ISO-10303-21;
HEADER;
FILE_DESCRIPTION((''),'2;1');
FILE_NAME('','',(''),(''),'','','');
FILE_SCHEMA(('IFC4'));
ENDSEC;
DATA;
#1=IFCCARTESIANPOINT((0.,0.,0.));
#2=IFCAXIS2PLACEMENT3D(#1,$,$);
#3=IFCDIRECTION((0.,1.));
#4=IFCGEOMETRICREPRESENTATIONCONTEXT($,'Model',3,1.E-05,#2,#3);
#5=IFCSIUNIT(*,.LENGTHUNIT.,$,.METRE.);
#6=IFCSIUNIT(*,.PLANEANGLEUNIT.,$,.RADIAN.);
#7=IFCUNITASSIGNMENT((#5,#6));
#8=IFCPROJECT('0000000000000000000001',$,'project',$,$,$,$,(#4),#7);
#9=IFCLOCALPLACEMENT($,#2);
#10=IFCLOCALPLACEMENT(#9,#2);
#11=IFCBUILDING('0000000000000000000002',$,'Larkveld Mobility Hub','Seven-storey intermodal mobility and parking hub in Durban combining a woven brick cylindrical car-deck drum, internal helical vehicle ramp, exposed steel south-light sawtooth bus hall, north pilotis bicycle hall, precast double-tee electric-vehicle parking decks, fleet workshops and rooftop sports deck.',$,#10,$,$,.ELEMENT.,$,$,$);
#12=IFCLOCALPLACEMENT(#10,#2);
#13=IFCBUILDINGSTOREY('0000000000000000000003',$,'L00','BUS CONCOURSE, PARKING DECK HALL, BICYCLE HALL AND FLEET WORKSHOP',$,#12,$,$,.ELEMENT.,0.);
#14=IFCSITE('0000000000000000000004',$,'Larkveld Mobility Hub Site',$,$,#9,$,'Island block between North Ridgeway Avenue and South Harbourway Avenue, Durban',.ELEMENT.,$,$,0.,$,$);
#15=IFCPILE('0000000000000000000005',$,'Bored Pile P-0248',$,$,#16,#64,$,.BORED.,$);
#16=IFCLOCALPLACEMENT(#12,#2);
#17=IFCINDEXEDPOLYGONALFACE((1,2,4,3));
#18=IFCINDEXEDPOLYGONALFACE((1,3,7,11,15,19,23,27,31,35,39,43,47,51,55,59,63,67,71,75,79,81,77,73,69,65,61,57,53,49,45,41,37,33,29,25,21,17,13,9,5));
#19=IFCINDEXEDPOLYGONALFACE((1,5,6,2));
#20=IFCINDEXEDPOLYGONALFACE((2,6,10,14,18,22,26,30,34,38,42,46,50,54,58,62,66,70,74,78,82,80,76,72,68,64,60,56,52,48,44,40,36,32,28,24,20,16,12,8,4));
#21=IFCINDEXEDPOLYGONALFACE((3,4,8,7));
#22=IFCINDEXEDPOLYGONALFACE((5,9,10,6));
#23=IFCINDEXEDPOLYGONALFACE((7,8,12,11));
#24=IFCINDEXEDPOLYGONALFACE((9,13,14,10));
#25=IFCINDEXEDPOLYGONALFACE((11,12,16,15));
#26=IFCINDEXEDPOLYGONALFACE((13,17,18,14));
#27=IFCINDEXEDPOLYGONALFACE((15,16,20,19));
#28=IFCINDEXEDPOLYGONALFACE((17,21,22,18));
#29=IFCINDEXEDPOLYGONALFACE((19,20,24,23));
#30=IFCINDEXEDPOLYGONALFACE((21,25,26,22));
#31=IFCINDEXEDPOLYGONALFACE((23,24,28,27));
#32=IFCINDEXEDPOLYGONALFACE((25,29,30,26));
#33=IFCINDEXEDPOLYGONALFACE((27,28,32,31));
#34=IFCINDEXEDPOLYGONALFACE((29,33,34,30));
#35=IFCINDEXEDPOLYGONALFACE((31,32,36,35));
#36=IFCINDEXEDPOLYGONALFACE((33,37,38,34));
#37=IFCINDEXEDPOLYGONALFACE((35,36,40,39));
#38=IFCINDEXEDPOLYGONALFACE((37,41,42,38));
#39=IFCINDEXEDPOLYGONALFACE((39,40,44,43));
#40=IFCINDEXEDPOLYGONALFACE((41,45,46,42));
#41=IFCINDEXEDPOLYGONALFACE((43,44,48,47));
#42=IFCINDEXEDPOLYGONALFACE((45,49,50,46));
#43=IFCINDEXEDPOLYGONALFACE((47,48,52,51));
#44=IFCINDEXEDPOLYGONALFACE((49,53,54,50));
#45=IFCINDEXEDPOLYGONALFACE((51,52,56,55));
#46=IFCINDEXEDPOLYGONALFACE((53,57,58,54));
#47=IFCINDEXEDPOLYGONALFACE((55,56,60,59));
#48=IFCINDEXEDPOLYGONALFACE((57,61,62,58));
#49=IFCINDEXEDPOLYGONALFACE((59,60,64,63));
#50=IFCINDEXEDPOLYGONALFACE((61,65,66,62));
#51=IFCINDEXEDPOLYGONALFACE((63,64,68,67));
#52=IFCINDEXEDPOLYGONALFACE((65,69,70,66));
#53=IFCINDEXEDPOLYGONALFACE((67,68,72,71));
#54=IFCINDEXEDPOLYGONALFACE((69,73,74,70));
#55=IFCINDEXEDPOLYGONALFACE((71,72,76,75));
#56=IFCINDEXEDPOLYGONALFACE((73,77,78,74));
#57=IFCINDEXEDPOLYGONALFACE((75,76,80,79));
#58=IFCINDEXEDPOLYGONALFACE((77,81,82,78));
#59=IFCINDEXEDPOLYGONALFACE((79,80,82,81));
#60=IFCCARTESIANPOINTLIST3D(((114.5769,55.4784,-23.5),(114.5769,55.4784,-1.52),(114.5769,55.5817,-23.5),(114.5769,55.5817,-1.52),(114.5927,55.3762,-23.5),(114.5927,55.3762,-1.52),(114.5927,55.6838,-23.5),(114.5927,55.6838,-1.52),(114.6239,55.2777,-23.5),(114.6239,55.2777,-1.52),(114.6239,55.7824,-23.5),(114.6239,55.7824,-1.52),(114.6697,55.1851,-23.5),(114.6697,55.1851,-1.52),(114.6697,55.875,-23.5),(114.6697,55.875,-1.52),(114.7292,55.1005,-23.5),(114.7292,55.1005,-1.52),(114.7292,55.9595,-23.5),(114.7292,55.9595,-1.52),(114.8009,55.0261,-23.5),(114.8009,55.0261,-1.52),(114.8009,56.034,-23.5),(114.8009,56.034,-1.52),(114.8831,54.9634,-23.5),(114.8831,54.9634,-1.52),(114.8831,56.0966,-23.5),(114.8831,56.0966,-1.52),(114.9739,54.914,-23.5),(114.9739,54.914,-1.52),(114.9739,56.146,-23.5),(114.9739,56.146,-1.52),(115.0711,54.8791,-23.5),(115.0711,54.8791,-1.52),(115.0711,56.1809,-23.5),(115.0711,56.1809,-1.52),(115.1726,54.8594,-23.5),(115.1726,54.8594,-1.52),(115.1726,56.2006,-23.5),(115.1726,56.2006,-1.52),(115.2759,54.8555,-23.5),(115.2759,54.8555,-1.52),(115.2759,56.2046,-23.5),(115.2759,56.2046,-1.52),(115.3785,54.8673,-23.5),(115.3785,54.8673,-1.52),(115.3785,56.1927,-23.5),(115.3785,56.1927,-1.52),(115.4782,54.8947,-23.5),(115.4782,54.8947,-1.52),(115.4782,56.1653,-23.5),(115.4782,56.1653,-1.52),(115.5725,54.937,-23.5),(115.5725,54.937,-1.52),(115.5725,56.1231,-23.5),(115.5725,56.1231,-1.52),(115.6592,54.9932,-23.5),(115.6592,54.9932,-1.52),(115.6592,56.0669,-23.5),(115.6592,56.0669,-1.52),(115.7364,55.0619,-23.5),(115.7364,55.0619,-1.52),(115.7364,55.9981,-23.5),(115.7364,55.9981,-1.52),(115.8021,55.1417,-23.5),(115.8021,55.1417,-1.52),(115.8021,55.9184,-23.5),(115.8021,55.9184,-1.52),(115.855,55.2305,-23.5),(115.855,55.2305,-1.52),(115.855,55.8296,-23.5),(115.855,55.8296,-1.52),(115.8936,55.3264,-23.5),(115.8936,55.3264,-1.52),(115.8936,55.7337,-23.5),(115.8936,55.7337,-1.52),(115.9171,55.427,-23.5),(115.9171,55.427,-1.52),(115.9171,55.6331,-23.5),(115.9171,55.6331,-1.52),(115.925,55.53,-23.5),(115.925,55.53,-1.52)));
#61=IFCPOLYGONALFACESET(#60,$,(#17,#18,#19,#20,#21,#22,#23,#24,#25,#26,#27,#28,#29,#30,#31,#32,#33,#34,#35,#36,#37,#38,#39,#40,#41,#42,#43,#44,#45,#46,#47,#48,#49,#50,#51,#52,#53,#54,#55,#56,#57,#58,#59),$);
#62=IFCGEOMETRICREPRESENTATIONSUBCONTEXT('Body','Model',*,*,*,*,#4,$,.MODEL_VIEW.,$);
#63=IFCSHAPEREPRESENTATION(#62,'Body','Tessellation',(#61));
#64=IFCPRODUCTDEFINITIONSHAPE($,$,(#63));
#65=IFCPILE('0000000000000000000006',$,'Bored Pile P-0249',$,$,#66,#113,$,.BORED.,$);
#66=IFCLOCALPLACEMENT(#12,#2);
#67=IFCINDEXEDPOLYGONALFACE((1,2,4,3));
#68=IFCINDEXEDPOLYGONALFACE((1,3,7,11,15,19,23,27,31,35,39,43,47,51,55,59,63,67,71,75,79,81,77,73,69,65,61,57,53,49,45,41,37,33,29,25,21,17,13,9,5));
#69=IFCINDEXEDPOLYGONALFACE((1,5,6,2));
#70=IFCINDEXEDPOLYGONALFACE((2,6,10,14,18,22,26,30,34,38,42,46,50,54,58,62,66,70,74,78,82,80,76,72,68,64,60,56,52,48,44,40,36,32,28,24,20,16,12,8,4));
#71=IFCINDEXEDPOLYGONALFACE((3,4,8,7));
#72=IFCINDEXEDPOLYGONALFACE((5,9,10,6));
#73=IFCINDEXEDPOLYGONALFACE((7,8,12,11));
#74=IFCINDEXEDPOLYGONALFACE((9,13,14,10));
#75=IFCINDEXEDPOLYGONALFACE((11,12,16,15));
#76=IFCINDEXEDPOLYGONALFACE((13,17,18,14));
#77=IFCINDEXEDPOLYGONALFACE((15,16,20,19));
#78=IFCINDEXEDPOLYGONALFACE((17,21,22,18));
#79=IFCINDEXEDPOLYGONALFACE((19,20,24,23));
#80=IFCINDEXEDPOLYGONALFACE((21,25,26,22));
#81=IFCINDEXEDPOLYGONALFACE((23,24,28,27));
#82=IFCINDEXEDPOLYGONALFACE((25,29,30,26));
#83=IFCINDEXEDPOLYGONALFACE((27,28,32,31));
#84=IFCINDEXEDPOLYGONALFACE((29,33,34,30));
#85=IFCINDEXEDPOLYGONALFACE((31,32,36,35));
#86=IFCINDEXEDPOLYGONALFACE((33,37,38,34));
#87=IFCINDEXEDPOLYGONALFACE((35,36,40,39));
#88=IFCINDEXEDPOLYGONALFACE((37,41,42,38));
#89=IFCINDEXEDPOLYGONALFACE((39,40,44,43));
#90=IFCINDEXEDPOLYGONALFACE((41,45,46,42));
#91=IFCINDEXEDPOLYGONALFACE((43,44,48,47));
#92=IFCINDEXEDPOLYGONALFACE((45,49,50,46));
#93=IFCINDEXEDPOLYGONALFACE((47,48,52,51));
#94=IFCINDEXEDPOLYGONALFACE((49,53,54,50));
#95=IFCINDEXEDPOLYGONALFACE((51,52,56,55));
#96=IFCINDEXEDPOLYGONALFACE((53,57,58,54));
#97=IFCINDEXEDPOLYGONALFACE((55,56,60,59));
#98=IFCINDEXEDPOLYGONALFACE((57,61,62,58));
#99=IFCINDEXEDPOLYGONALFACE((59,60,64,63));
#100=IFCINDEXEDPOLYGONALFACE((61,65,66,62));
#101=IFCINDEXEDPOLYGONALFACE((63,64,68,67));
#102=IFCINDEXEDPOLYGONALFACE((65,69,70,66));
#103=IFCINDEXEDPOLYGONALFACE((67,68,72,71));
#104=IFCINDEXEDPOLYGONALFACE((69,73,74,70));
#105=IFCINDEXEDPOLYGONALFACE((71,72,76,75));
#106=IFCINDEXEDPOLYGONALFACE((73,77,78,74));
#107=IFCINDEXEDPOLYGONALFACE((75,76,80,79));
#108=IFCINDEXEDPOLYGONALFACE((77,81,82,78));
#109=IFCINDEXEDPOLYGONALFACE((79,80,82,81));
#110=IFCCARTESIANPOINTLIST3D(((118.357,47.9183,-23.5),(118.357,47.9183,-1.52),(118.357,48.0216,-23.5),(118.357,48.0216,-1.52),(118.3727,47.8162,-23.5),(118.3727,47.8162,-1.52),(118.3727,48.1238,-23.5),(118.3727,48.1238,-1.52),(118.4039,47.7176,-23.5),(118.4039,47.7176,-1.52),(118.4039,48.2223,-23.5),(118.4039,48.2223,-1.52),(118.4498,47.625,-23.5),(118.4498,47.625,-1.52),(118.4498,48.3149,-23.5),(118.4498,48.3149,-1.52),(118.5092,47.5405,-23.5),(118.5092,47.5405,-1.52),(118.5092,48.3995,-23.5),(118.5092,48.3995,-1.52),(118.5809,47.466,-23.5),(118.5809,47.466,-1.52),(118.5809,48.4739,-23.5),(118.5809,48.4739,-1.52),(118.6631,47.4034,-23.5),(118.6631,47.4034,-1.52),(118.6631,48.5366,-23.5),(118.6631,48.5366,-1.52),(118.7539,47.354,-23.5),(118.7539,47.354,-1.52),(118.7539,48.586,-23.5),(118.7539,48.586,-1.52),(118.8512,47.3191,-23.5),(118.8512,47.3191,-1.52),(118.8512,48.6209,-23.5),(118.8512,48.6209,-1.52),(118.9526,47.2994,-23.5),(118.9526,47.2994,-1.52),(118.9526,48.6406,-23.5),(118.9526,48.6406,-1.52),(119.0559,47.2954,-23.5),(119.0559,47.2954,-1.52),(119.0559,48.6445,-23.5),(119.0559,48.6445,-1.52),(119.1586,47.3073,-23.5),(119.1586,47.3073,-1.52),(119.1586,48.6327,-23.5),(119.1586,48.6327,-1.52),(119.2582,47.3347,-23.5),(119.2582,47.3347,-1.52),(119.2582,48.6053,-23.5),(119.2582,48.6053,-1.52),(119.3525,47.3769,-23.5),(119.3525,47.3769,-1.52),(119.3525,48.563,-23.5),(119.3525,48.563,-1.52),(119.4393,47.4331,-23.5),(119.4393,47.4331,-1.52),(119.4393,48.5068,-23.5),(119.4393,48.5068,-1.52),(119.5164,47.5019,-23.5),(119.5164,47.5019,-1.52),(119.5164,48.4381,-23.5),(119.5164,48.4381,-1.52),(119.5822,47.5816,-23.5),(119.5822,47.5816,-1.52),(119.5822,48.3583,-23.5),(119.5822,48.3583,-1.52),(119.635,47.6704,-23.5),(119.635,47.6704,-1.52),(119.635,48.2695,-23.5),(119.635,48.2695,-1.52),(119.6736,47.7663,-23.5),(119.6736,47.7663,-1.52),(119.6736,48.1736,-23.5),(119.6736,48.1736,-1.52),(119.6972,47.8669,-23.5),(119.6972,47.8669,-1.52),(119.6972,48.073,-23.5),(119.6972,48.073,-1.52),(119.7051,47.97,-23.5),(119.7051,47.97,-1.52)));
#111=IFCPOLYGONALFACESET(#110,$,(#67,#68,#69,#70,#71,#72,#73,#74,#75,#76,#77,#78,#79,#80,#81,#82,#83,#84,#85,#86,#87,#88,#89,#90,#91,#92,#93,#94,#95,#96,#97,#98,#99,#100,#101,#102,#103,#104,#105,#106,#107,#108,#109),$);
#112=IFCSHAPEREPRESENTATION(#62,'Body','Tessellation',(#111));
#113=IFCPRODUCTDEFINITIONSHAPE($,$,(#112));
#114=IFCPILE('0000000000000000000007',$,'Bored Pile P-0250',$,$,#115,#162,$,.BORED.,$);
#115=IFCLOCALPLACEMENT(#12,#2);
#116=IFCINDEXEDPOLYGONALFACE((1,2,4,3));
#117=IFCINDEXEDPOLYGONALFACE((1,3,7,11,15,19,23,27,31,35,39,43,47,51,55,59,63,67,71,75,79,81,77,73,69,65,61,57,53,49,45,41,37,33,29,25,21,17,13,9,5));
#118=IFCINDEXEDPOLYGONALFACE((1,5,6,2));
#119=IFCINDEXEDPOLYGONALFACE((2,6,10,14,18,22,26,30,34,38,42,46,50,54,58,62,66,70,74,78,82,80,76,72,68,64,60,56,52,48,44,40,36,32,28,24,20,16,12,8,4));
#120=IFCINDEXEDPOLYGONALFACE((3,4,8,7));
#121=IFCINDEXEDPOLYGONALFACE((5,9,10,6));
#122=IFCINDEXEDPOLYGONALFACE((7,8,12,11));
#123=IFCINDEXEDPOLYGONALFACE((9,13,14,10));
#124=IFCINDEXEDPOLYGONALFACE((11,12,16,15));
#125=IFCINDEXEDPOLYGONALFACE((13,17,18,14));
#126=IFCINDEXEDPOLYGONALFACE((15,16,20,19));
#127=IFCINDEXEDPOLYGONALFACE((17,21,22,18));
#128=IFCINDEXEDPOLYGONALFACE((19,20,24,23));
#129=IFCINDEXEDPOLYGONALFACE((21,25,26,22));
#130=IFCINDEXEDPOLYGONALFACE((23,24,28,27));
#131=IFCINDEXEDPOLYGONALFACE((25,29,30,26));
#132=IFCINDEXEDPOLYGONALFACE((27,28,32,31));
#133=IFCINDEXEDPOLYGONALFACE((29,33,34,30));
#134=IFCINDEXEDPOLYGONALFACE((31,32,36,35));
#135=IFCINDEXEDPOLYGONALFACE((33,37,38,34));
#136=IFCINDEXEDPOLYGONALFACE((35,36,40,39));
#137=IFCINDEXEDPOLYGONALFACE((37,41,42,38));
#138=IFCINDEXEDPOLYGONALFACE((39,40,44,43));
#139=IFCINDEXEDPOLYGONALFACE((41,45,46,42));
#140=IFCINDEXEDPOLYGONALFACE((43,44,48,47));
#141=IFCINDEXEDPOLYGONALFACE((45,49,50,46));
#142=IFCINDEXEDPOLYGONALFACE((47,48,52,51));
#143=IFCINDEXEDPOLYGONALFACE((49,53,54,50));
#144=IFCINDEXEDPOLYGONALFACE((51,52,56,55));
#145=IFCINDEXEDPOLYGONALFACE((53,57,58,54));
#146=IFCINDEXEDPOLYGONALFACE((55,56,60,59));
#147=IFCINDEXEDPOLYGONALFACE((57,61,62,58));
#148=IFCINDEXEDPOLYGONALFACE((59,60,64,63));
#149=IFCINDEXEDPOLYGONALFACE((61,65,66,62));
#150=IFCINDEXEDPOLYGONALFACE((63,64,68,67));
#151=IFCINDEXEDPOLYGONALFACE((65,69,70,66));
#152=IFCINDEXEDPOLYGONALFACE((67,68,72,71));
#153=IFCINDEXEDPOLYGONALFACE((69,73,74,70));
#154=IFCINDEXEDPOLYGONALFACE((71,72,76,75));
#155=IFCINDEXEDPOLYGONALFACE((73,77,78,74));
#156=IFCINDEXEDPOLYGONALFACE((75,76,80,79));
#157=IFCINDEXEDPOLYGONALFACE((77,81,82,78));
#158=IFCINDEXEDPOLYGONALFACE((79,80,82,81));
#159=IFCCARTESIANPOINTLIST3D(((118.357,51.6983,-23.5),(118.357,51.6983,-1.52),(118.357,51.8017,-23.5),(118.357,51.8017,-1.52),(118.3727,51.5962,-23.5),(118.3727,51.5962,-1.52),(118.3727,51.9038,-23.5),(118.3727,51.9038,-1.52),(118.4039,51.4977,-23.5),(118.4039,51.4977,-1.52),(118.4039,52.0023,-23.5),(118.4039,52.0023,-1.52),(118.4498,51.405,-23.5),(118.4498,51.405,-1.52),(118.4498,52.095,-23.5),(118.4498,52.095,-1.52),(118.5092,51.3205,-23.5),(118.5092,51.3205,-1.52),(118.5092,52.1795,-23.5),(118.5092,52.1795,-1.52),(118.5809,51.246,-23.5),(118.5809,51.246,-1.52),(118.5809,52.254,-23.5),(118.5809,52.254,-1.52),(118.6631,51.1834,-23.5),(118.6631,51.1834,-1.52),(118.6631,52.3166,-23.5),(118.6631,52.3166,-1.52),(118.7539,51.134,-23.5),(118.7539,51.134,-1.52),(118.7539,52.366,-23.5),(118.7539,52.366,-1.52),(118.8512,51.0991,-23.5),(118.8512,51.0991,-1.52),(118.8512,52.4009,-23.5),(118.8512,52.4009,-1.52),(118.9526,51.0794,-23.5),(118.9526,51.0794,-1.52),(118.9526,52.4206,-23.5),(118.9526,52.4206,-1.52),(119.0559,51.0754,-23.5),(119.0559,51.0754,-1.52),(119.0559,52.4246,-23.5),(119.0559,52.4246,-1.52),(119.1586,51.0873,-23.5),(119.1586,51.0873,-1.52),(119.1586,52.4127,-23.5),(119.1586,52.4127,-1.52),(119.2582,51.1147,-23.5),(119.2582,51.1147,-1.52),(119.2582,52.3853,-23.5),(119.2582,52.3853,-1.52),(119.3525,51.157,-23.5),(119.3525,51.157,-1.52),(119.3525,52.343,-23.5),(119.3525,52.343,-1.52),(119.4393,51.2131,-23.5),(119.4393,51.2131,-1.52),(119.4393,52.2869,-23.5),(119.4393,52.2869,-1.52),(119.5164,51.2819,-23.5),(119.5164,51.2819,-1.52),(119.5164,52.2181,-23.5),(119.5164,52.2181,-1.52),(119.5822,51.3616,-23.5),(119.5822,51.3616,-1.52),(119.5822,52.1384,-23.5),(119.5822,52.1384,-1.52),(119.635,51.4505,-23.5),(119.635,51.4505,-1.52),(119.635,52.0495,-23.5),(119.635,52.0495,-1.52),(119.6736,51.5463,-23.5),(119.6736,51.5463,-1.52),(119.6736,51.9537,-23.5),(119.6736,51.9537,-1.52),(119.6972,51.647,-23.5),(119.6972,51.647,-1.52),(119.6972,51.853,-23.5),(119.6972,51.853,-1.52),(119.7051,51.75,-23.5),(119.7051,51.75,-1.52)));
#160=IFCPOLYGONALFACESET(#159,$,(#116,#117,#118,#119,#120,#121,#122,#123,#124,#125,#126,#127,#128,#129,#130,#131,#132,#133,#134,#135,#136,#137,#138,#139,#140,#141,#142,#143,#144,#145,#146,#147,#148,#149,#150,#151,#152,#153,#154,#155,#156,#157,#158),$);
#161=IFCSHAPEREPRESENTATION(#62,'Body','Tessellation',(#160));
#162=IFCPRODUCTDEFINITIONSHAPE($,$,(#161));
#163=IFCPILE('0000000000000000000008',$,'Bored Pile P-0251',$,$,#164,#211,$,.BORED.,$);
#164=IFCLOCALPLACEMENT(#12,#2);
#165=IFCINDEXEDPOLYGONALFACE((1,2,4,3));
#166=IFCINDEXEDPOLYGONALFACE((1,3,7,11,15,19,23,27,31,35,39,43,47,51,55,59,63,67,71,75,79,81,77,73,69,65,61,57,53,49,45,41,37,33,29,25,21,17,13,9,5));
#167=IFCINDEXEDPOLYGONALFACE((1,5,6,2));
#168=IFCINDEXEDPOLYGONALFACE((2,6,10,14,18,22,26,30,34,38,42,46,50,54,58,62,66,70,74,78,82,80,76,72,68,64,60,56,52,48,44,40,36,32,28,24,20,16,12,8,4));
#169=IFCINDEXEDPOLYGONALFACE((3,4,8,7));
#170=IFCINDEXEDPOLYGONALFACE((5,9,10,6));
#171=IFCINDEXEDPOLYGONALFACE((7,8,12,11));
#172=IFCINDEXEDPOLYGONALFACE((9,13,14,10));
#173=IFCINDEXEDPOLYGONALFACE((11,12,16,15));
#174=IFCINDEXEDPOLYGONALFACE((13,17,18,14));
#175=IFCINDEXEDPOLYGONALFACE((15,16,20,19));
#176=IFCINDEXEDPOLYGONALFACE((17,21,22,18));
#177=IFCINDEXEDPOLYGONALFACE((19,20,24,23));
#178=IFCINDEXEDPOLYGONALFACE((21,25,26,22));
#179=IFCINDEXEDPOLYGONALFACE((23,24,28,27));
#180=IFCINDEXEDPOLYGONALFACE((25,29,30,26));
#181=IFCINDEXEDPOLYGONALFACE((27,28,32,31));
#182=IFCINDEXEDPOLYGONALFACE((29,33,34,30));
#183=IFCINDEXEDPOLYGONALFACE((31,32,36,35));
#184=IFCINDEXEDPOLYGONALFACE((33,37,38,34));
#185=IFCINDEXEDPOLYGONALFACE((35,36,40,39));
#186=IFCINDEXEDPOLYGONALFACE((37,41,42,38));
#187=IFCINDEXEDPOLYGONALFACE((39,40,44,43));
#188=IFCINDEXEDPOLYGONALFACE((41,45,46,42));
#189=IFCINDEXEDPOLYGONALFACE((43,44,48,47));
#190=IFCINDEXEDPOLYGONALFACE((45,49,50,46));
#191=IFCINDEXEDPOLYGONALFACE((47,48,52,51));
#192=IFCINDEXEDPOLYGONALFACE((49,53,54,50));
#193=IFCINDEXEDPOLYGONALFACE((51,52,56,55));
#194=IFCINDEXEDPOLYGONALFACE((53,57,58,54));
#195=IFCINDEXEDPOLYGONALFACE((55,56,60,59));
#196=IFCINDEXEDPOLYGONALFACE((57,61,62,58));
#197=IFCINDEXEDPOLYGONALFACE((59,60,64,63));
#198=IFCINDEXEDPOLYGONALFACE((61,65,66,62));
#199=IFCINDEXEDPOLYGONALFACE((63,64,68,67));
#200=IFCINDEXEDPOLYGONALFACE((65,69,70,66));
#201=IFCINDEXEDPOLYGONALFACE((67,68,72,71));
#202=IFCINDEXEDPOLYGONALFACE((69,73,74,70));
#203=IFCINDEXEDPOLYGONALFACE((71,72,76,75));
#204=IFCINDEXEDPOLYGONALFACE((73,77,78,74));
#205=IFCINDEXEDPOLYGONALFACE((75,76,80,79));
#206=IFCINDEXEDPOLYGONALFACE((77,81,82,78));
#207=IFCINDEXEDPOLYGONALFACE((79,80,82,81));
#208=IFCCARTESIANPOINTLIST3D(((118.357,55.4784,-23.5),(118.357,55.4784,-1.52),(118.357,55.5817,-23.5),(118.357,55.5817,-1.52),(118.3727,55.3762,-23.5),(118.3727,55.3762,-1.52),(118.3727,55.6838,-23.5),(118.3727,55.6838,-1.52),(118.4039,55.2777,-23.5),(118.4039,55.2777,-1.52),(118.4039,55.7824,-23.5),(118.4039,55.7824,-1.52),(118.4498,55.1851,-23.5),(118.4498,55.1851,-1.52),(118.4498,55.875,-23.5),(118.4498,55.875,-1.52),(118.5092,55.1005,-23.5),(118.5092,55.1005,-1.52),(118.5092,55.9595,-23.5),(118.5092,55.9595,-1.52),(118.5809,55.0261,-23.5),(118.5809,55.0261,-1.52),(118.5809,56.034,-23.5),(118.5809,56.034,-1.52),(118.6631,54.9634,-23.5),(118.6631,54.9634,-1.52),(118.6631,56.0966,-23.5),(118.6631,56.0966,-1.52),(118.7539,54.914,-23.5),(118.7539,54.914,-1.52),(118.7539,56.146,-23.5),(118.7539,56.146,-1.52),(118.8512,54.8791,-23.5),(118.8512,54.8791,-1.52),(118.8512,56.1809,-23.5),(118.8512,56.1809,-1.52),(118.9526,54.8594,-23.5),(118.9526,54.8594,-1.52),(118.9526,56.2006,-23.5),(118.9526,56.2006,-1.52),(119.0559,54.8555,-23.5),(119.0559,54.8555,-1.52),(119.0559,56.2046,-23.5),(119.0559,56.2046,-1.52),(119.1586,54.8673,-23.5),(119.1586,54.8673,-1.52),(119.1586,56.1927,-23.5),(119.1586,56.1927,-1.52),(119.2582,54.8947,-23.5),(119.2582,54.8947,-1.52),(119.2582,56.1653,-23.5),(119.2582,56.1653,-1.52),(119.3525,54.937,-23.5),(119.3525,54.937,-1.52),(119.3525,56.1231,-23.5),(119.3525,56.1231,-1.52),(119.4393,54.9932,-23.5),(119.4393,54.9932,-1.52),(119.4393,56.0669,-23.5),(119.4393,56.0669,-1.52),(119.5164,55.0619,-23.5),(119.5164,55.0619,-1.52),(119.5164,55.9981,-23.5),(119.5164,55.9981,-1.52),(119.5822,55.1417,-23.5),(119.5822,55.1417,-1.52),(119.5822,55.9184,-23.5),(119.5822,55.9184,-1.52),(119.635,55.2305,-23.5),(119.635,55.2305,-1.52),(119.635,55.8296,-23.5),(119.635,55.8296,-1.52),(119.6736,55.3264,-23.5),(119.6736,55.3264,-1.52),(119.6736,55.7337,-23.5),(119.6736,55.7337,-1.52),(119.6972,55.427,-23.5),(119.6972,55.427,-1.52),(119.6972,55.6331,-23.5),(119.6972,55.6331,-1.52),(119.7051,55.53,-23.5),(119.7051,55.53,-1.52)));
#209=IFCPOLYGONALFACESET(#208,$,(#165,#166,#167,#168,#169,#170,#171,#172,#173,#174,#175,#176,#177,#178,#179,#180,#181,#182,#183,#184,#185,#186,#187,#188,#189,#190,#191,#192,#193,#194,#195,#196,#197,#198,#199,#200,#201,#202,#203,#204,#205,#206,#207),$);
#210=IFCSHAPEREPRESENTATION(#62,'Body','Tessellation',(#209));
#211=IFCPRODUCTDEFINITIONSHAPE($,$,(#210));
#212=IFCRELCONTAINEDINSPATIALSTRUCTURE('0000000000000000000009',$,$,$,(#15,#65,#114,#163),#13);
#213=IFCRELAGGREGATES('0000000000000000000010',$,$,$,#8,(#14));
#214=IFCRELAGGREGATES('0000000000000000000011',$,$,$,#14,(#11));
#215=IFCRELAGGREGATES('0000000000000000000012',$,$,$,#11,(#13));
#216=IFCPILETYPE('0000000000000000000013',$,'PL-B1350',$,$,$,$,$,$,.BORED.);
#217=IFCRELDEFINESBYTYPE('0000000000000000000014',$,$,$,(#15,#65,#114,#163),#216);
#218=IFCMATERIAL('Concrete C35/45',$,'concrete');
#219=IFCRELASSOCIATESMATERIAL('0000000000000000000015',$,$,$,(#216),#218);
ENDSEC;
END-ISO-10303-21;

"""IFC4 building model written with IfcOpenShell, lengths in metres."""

from ifc_helpers import new_model, si_unit, direction, frame, origin, origin_2d, place, context, subcontext, project, spatial, circle, extrude, material, material_profile, profile_set, type_object, element, save


model = new_model("IFC4")

# Units and contexts
model_context = context("Model", 3, precision=1e-05, world=origin(), true_north=direction((0.0, 1.0)))
body_context = subcontext(model_context, "Body", "Model", "MODEL_VIEW")
ifc_project = project(units=[si_unit("LENGTHUNIT", "METRE"), si_unit("PLANEANGLEUNIT", "RADIAN")], contexts=[model_context])

# Site, building, storey
site_placement = place(None, origin())
site = spatial("IfcSite", under=ifc_project, at=site_placement, Name="Larkveld Mobility Hub Site", LongName="Island block between North Ridgeway Avenue and South Harbourway Avenue, Durban", CompositionType="ELEMENT", RefElevation=0.0)
building_placement = place(site_placement, origin())
building = spatial("IfcBuilding", under=site, at=building_placement, Name="Larkveld Mobility Hub", Description="Seven-storey intermodal mobility and parking hub in Durban combining a woven brick cylindrical car-deck drum, internal helical vehicle ramp, exposed steel south-light sawtooth bus hall, north pilotis bicycle hall, precast double-tee electric-vehicle parking decks, fleet workshops and rooftop sports deck.", CompositionType="ELEMENT")
storey_placement = place(building_placement, origin())
storey = spatial("IfcBuildingStorey", under=building, at=storey_placement, Name="L00", Description="BUS CONCOURSE, PARKING DECK HALL, BICYCLE HALL AND FLEET WORKSHOP", CompositionType="ELEMENT", Elevation=0.0)

# Shared definitions
ifc_material_1 = material(Name="Concrete C35/45", Category="concrete")

# Piles
ifc_material_profile_1 = material_profile(ifc_material_1, circle(Radius=0.675, at=origin_2d()), Name="PILE D1350")
ifc_profile_set_1 = profile_set([ifc_material_profile_1], Name="Concrete C35/45")
pile_type_1 = type_object("IfcPileType", Name="PL-B1350", PredefinedType="BORED", material=ifc_profile_set_1)
for number, where, z_axis, x_axis, name in (
    (1, (115.25, 55.53, -1.52), (0.0, 0.0, -1.0), (1.0, 0.0, 0.0), "Bored Pile P-0248"),
    (2, (119.03, 47.97, -1.52), (0.0, 0.0, -1.0), (1.0, 0.0, 0.0), "Bored Pile P-0249"),
    (3, (119.03, 51.75, -1.52), (0.0, 0.0, -1.0), (1.0, 0.0, 0.0), "Bored Pile P-0250"),
    (4, (119.03, 55.53, -1.52), (0.0, 0.0, -1.0), (1.0, 0.0, 0.0), "Bored Pile P-0251"),
):
    element("IfcPile", number, at=place(storey_placement, frame(where, z_axis=z_axis, x_axis=x_axis)), inside=storey, type_object=pile_type_1, Name=name, PredefinedType="BORED", context=body_context, shape_type="SweptSolid", body=[
        extrude(circle(Radius=0.675, at=origin_2d()), origin(), (0.0, 0.0, 1.0), 21.98),
    ])

save(model, "model.ifc")
